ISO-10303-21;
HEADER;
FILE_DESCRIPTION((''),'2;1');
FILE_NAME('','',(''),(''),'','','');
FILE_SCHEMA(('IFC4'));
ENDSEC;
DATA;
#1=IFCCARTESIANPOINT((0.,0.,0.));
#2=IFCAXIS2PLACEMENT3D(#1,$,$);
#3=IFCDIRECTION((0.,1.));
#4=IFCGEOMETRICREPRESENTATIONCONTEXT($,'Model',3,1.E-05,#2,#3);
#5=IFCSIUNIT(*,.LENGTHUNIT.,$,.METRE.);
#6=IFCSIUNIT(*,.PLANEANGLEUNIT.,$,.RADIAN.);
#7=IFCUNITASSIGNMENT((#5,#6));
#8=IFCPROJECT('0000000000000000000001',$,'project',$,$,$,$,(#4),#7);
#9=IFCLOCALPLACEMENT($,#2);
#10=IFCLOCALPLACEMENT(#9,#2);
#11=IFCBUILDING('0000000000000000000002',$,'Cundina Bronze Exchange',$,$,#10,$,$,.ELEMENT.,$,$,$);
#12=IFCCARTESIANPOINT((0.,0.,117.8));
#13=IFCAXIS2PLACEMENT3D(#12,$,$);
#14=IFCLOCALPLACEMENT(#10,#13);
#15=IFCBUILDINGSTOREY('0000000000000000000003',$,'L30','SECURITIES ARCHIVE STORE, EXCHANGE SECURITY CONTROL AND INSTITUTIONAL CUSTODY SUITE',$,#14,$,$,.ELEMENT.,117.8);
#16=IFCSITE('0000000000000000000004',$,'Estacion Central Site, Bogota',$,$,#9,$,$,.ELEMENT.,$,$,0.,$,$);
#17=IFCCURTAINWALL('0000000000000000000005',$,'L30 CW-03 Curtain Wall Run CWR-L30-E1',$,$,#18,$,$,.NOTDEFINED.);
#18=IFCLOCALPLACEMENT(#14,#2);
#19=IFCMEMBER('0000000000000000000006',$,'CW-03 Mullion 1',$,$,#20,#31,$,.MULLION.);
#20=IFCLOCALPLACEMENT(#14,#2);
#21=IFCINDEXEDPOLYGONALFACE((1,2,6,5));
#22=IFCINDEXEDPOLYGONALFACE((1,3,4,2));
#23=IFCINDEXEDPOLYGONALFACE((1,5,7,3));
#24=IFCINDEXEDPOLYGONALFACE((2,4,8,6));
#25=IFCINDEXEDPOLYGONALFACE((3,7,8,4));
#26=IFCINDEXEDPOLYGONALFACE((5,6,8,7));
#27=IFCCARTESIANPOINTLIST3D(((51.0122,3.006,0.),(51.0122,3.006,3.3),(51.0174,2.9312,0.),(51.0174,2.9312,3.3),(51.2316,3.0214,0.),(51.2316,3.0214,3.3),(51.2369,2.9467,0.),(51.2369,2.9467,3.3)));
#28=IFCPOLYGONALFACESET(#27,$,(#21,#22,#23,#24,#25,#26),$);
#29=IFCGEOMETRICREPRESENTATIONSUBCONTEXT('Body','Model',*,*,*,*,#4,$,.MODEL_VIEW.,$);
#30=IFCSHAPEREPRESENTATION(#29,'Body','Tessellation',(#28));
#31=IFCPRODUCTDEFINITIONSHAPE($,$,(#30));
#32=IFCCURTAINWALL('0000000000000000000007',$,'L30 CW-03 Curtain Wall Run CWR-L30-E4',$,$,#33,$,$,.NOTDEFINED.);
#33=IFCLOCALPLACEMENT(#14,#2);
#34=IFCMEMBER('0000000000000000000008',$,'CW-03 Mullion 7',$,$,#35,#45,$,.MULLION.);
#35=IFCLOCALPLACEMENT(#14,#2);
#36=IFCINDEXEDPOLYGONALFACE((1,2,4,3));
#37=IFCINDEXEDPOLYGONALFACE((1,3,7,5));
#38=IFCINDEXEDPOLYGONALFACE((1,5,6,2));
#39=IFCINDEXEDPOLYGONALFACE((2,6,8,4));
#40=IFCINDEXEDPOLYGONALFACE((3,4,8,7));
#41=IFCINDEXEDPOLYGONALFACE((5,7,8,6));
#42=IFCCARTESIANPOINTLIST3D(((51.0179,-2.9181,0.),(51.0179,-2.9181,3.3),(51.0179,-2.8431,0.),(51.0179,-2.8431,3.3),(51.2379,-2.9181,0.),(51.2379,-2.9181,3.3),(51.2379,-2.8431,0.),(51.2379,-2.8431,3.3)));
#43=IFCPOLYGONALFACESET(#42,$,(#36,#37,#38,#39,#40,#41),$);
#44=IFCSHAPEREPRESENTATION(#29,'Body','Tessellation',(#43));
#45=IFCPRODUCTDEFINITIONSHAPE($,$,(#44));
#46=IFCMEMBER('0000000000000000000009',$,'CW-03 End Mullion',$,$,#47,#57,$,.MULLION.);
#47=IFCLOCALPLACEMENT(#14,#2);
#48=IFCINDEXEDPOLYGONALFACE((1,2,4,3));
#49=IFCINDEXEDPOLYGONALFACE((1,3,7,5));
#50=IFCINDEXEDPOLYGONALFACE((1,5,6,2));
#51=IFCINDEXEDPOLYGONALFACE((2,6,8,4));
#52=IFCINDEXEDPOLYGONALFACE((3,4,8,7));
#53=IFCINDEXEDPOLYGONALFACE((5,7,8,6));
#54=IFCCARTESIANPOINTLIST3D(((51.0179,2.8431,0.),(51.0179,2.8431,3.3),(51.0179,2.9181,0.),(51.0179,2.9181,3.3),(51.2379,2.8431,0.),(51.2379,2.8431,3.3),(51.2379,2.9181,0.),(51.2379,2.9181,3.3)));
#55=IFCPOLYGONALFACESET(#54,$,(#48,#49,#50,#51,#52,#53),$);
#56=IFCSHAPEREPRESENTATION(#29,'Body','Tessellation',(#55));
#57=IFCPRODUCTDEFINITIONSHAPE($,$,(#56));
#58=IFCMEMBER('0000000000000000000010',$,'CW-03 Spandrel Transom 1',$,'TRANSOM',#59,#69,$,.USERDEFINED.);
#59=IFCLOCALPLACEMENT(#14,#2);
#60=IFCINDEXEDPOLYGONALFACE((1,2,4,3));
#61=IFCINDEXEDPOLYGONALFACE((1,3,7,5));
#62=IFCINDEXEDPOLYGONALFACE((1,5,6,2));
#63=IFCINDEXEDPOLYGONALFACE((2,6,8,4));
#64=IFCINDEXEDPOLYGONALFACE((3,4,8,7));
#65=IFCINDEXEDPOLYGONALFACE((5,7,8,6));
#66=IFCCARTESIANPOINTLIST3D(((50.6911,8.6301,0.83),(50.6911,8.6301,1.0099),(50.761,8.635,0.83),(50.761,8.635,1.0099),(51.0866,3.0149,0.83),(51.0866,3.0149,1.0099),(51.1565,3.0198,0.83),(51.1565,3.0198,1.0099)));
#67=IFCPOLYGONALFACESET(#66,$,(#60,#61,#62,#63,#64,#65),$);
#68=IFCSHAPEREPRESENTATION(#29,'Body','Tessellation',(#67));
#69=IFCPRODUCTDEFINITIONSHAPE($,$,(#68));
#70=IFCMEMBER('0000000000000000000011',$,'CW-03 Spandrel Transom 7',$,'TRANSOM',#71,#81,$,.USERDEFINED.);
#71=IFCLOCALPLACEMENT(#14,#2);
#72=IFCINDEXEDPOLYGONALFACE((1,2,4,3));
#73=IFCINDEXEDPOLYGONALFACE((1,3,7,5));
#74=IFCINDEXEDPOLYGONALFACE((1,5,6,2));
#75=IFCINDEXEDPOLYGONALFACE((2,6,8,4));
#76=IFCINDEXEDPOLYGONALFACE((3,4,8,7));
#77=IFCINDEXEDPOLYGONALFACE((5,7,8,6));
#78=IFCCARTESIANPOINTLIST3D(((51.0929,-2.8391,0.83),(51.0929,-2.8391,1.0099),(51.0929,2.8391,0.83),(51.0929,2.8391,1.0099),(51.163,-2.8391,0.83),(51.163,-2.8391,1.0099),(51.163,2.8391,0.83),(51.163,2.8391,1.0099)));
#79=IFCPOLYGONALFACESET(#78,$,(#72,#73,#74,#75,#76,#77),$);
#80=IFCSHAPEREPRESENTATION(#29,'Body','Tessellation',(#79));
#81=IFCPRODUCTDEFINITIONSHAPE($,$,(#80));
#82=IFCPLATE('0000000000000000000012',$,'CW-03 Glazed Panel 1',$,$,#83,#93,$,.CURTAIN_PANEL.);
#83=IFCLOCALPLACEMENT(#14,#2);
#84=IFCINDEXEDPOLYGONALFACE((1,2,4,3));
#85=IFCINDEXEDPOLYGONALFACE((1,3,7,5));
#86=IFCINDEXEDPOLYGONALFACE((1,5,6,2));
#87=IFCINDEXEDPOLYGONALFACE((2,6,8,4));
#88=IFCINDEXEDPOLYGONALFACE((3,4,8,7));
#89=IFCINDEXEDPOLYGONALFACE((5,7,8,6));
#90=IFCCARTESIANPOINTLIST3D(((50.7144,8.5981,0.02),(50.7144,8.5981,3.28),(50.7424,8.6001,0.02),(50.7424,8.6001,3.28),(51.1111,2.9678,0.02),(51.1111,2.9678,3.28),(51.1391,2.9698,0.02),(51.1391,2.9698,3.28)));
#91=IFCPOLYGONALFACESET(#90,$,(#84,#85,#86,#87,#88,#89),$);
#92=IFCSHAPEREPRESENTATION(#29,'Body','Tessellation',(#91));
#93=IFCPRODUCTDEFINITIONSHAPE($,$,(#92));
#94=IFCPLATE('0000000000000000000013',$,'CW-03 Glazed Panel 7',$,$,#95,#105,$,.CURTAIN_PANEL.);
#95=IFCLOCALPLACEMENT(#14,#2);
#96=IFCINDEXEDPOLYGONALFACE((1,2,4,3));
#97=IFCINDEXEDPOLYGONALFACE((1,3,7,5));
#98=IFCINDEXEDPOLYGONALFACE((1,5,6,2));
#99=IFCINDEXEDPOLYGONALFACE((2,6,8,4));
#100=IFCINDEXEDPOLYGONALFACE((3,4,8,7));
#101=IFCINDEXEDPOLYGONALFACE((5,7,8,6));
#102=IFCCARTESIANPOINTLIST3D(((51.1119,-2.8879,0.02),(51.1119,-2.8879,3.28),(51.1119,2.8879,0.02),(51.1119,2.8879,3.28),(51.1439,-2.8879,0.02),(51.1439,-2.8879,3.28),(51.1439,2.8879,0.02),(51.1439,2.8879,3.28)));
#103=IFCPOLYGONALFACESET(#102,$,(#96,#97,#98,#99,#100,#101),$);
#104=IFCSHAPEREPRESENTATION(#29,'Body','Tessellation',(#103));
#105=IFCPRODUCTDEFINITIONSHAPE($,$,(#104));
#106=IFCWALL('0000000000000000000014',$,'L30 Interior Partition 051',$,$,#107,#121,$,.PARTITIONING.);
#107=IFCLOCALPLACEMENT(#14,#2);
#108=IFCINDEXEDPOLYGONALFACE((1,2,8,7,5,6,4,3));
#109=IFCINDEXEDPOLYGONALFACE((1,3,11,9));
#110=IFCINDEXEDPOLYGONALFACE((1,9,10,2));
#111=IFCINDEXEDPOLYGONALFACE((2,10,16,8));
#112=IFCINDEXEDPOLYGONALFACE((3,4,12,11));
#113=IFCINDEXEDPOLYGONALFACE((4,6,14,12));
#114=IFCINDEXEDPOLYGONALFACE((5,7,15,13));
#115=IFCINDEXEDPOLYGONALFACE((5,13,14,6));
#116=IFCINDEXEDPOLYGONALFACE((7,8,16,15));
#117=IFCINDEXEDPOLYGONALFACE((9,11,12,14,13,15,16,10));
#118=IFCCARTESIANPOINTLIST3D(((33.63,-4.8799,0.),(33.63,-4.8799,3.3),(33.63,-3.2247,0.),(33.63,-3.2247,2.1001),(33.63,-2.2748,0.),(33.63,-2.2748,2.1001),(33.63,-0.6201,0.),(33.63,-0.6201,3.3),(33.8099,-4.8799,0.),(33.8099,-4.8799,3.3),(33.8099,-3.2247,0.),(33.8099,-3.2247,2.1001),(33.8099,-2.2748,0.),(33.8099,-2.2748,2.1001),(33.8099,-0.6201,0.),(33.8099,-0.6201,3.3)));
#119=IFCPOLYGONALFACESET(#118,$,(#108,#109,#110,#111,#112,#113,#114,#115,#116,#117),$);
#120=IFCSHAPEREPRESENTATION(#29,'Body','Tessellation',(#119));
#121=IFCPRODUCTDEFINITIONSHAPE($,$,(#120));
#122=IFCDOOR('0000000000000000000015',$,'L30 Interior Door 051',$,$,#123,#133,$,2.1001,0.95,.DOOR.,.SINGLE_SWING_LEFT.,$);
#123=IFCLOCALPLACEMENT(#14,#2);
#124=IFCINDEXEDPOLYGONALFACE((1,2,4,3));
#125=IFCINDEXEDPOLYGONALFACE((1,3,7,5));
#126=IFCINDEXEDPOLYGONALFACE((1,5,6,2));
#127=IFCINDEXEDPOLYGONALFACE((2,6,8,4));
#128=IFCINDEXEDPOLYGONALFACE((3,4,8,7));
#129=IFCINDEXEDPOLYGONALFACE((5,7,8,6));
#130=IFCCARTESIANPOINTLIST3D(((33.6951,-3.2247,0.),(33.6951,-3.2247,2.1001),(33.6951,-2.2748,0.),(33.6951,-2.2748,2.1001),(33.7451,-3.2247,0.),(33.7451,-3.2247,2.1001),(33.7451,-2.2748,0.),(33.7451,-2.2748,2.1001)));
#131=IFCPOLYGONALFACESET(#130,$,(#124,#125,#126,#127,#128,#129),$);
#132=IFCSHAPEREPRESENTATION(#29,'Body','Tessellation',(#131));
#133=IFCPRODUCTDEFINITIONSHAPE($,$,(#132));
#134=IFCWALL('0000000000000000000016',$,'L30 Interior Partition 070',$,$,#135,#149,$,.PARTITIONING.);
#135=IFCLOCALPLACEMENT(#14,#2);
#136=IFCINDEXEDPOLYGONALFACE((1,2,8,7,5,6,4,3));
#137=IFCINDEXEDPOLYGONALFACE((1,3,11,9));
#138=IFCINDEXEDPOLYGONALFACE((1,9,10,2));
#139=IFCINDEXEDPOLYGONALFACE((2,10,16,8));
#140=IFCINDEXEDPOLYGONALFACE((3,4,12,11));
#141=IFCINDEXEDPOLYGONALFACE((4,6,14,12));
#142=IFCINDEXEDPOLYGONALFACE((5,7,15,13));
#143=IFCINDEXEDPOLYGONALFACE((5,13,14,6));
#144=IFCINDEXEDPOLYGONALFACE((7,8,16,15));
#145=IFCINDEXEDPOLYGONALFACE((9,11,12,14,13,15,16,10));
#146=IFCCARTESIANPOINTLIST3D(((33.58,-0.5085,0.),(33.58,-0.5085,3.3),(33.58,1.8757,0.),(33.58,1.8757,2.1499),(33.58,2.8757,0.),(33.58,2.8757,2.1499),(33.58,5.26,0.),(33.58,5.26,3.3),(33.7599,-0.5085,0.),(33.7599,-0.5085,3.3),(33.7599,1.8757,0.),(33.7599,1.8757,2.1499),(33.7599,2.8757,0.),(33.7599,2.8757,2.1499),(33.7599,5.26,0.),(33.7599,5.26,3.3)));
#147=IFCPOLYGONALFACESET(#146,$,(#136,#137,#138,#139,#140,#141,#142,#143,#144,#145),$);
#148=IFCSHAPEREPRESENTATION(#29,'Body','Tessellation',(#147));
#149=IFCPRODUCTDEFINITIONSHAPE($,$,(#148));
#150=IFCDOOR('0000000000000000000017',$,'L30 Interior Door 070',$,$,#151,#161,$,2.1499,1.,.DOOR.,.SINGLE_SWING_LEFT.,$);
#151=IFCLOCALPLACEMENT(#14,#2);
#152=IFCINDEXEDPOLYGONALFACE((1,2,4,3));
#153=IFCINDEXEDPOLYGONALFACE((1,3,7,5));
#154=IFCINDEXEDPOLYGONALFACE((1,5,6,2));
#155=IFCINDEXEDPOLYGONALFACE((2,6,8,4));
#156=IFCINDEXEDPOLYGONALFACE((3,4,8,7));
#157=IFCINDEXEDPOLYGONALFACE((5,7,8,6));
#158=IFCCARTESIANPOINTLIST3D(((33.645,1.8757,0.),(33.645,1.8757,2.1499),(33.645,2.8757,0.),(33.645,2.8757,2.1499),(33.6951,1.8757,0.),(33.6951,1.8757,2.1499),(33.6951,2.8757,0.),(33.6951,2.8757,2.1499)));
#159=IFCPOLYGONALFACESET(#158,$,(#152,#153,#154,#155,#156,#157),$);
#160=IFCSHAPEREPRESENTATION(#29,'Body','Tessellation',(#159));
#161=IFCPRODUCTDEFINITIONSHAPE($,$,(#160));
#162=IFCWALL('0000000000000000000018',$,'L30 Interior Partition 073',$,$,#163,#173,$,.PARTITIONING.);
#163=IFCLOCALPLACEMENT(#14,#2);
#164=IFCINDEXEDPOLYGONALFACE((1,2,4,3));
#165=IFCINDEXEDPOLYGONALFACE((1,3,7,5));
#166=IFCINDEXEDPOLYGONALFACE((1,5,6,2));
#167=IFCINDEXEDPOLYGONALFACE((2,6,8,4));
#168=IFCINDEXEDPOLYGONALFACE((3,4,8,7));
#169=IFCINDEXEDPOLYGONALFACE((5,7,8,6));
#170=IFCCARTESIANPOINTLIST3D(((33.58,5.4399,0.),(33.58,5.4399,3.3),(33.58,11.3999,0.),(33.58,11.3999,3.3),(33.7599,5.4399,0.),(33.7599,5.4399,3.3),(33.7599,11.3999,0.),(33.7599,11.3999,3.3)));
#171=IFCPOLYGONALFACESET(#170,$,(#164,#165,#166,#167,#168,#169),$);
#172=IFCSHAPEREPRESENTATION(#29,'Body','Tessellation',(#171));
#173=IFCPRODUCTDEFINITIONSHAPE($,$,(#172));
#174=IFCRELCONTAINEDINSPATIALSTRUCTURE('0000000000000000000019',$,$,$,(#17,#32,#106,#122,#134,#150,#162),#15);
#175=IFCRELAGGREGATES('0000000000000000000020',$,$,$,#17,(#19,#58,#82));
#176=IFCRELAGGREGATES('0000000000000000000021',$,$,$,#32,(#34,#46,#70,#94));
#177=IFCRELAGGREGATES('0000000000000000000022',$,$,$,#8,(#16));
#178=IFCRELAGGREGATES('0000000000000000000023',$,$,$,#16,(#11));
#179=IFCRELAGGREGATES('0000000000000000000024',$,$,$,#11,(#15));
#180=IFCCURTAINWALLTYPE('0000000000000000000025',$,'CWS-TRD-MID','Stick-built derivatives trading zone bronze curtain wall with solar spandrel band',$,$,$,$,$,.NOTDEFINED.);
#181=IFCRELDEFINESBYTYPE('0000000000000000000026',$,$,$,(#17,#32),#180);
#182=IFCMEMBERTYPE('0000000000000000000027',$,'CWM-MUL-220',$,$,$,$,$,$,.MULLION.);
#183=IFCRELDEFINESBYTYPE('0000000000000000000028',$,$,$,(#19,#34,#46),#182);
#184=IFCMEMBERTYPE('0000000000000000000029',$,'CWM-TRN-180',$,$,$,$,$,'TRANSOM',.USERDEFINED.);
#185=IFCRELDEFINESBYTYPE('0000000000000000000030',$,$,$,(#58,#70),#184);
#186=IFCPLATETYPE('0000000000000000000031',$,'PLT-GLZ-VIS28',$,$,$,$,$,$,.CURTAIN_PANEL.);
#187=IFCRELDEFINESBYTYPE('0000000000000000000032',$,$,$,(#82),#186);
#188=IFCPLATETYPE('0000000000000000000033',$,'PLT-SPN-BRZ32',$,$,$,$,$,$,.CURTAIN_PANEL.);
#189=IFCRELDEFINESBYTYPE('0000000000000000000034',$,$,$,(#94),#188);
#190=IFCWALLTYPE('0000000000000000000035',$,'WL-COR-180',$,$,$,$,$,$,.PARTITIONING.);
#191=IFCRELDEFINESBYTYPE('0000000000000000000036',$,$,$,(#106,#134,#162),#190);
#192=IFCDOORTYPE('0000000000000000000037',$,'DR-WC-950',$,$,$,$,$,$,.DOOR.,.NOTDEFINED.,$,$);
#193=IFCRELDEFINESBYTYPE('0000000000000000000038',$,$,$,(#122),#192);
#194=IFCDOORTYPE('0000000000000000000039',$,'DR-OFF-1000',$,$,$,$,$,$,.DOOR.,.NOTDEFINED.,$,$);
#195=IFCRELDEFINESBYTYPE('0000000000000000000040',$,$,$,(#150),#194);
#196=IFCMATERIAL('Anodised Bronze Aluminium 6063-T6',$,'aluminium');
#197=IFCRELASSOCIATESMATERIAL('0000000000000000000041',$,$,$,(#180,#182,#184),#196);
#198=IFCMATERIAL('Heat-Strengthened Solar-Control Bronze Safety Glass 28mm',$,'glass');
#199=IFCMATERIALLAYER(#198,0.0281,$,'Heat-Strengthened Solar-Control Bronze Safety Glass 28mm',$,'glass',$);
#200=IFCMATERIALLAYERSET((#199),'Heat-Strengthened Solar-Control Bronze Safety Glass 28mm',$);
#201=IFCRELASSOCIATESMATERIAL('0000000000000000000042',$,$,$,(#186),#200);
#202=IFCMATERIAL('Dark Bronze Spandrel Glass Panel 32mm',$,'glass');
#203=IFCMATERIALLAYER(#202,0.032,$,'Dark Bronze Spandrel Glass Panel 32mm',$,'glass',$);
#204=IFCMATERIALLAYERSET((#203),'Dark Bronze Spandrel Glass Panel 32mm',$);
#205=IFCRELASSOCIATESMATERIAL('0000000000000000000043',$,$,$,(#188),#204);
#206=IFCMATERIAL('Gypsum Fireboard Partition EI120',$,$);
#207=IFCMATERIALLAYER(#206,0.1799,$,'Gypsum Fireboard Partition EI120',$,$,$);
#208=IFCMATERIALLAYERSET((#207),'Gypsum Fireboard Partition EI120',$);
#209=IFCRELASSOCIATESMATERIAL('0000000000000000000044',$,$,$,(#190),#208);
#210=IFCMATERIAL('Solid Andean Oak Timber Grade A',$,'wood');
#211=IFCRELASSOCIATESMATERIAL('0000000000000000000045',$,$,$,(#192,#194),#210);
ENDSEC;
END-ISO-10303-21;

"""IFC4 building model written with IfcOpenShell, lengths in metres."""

from ifc_helpers import new_model, si_unit, direction, frame, frame_2d, origin, origin_2d, place, context, subcontext, project, spatial, rectangle, extrude, material, layer, layer_set, material_profile, profile_set, type_object, element, fill, aggregate, save


model = new_model("IFC4")

# Units and contexts
model_context = context("Model", 3, precision=1e-05, world=origin(), true_north=direction((0.0, 1.0)))
body_context = subcontext(model_context, "Body", "Model", "MODEL_VIEW")
ifc_project = project(units=[si_unit("LENGTHUNIT", "METRE"), si_unit("PLANEANGLEUNIT", "RADIAN")], contexts=[model_context])

# Site, building, storey
site_placement = place(None, origin())
site = spatial("IfcSite", under=ifc_project, at=site_placement, Name="Estacion Central Site, Bogota", CompositionType="ELEMENT", RefElevation=0.0)
building_placement = place(site_placement, origin())
building = spatial("IfcBuilding", under=site, at=building_placement, Name="Cundina Bronze Exchange", CompositionType="ELEMENT")
storey_placement = place(building_placement, frame((0.0, 0.0, 117.8)))
storey = spatial("IfcBuildingStorey", under=building, at=storey_placement, Name="L30", Description="SECURITIES ARCHIVE STORE, EXCHANGE SECURITY CONTROL AND INSTITUTIONAL CUSTODY SUITE", CompositionType="ELEMENT", Elevation=117.8)

# Curtain wall, member
ifc_material_1 = material(Name="Anodised Bronze Aluminium 6063-T6", Category="aluminium")
curtain_wall_type = type_object("IfcCurtainWallType", Name="CWS-TRD-MID", Description="Stick-built derivatives trading zone bronze curtain wall with solar spandrel band", PredefinedType="NOTDEFINED", material=ifc_material_1)
curtain_wall_1_placement = place(storey_placement, origin())
curtain_wall_1 = element("IfcCurtainWall", 1, at=curtain_wall_1_placement, inside=storey, type_object=curtain_wall_type, Name="L30 CW-03 Curtain Wall Run CWR-L30-E1", PredefinedType="NOTDEFINED")
ifc_material_profile_1 = material_profile(ifc_material_1, rectangle(XDim=0.075, YDim=0.22, at=origin_2d()), Name="AL75X220", Category="aluminium")
ifc_profile_set_1 = profile_set([ifc_material_profile_1], Name="Anodised Bronze Aluminium 6063-T6")
member_type_1 = type_object("IfcMemberType", Name="CWM-MUL-220", PredefinedType="MULLION", material=ifc_profile_set_1)
member_1_placement = place(storey_placement, frame((51.1245, 2.9763, 0.0), z_axis=(0.0, 0.0, 1.0), x_axis=(-0.070279, 0.997527, 0.0)))
member_1 = element("IfcMember", 2, at=member_1_placement, type_object=member_type_1, Name="CW-03 Mullion 1", PredefinedType="MULLION", context=body_context, shape_type="SweptSolid", body=[
    extrude(rectangle(XDim=0.075, YDim=0.22, at=origin_2d()), origin(), (0.0, 0.0, 1.0), 3.3),
])

# Curtain wall, members
curtain_wall_2_placement = place(storey_placement, origin())
curtain_wall_2 = element("IfcCurtainWall", 3, at=curtain_wall_2_placement, inside=storey, type_object=curtain_wall_type, Name="L30 CW-03 Curtain Wall Run CWR-L30-E4", PredefinedType="NOTDEFINED")
member_2_placement = place(storey_placement, frame((51.1279, -2.8806, 0.0), z_axis=(0.0, 0.0, 1.0), x_axis=(0.0, 1.0, 0.0)))
member_2 = element("IfcMember", 4, at=member_2_placement, type_object=member_type_1, Name="CW-03 Mullion 7", PredefinedType="MULLION", context=body_context, shape_type="SweptSolid", body=[
    extrude(rectangle(XDim=0.075, YDim=0.22, at=origin_2d()), origin(), (0.0, 0.0, 1.0), 3.3),
])
member_3_placement = place(storey_placement, frame((51.1279, 2.8806, 0.0), z_axis=(0.0, 0.0, 1.0), x_axis=(0.0, 1.0, 0.0)))
member_3 = element("IfcMember", 5, at=member_3_placement, type_object=member_type_1, Name="CW-03 End Mullion", PredefinedType="MULLION", context=body_context, shape_type="SweptSolid", body=[
    extrude(rectangle(XDim=0.075, YDim=0.22, at=origin_2d()), origin(), (0.0, 0.0, 1.0), 3.3),
])

# Members
ifc_material_profile_2 = material_profile(ifc_material_1, rectangle(XDim=0.0701, YDim=0.1799, at=origin_2d()), Name="AL70X180", Category="aluminium")
ifc_profile_set_2 = profile_set([ifc_material_profile_2], Name="Anodised Bronze Aluminium 6063-T6")
member_type_2 = type_object("IfcMemberType", Name="CWM-TRN-180", ElementType="TRANSOM", PredefinedType="USERDEFINED", material=ifc_profile_set_2)
member_4_placement = place(storey_placement, frame((51.1216, 3.0173, 0.9199), z_axis=(-0.070261, 0.997529, 0.0), x_axis=(-0.997529, -0.070261, 0.0)))
member_4 = element("IfcMember", 6, at=member_4_placement, type_object=member_type_2, Name="CW-03 Spandrel Transom 1", ObjectType="TRANSOM", PredefinedType="USERDEFINED", context=body_context, shape_type="SweptSolid", body=[
    extrude(rectangle(XDim=0.0701, YDim=0.1799, at=origin_2d()), origin(), (0.0, 0.0, 1.0), 5.6292),
])
member_5_placement = place(storey_placement, frame((51.1279, -2.8391, 0.9199), z_axis=(0.0, 1.0, 0.0), x_axis=(-1.0, 0.0, 0.0)))
member_5 = element("IfcMember", 7, at=member_5_placement, type_object=member_type_2, Name="CW-03 Spandrel Transom 7", ObjectType="TRANSOM", PredefinedType="USERDEFINED", context=body_context, shape_type="SweptSolid", body=[
    extrude(rectangle(XDim=0.0701, YDim=0.1799, at=origin_2d()), origin(), (0.0, 0.0, 1.0), 5.6782),
])

# Plates
ifc_material_2 = material(Name="Heat-Strengthened Solar-Control Bronze Safety Glass 28mm", Category="glass")
ifc_layer_1 = layer(ifc_material_2, 0.0281, Name="Heat-Strengthened Solar-Control Bronze Safety Glass 28mm", Category="glass")
ifc_layer_set_1 = layer_set([ifc_layer_1], Name="Heat-Strengthened Solar-Control Bronze Safety Glass 28mm")
plate_type_1 = type_object("IfcPlateType", Name="PLT-GLZ-VIS28", PredefinedType="CURTAIN_PANEL", material=ifc_layer_set_1)
plate_1_placement = place(storey_placement, frame((50.9268, 5.7839, 0.02), z_axis=(0.0, 0.0, 1.0), x_axis=(-0.070279, 0.997527, 0.0)))
plate_1 = element("IfcPlate", 8, at=plate_1_placement, type_object=plate_type_1, Name="CW-03 Glazed Panel 1", PredefinedType="CURTAIN_PANEL", context=body_context, shape_type="SweptSolid", body=[
    extrude(rectangle(XDim=5.6443, YDim=0.0281, at=origin_2d()), origin(), (0.0, 0.0, 1.0), 3.26),
])
aggregate(curtain_wall_1, [member_1, member_4, plate_1])
ifc_material_3 = material(Name="Dark Bronze Spandrel Glass Panel 32mm", Category="glass")
ifc_layer_2 = layer(ifc_material_3, 0.032, Name="Dark Bronze Spandrel Glass Panel 32mm", Category="glass")
ifc_layer_set_2 = layer_set([ifc_layer_2], Name="Dark Bronze Spandrel Glass Panel 32mm")
plate_type_2 = type_object("IfcPlateType", Name="PLT-SPN-BRZ32", PredefinedType="CURTAIN_PANEL", material=ifc_layer_set_2)
plate_2_placement = place(storey_placement, frame((51.1279, 0.0, 0.02), z_axis=(0.0, 0.0, 1.0), x_axis=(0.0, 1.0, 0.0)))
plate_2 = element("IfcPlate", 9, at=plate_2_placement, type_object=plate_type_2, Name="CW-03 Glazed Panel 7", PredefinedType="CURTAIN_PANEL", context=body_context, shape_type="SweptSolid", body=[
    extrude(rectangle(XDim=5.7759, YDim=0.032, at=origin_2d()), origin(), (0.0, 0.0, 1.0), 3.26),
])
aggregate(curtain_wall_2, [member_2, member_3, member_5, plate_2])

# Walls, openings, doors
ifc_material_4 = material(Name="Gypsum Fireboard Partition EI120")
ifc_layer_3 = layer(ifc_material_4, 0.1799, Name="Gypsum Fireboard Partition EI120")
ifc_layer_set_3 = layer_set([ifc_layer_3], Name="Gypsum Fireboard Partition EI120")
wall_type_1 = type_object("IfcWallType", Name="WL-COR-180", PredefinedType="PARTITIONING", material=ifc_layer_set_3)
wall_1_placement = place(storey_placement, frame((33.72, -4.8799, 0.0), z_axis=(0.0, 0.0, 1.0), x_axis=(0.0, 1.0, 0.0)))
wall_1 = element("IfcWall", 10, at=wall_1_placement, inside=storey, type_object=wall_type_1, Name="L30 Interior Partition 051", PredefinedType="PARTITIONING", context=body_context, shape_type="SweptSolid", body=[
    extrude(rectangle(XDim=4.2598, YDim=0.1799, at=frame_2d((2.1299, 0.0))), origin(), (0.0, 0.0, 1.0), 3.3),
])
opening_1_placement = place(wall_1_placement, frame((1.655, 0.0, 0.0)))
opening_1 = element("IfcOpeningElement", 11, at=opening_1_placement, cuts=wall_1, PredefinedType="OPENING", context=body_context, shape_type="SweptSolid", body=[
    extrude(rectangle(XDim=0.95, YDim=2.1001, at=frame_2d((0.4751, 1.05))), frame((0.0, 0.0999, 0.0), z_axis=(0.0, -1.0, 0.0), x_axis=(1.0, 0.0, 0.0)), (0.0, 0.0, 1.0), 0.2),
])
ifc_material_5 = material(Name="Solid Andean Oak Timber Grade A", Category="wood")
door_type_1 = type_object("IfcDoorType", Name="DR-WC-950", OperationType="NOTDEFINED", PredefinedType="DOOR", material=ifc_material_5)
door_1_placement = place(opening_1_placement, origin())
door_1 = element("IfcDoor", 12, at=door_1_placement, inside=storey, type_object=door_type_1, Name="L30 Interior Door 051", OperationType="SINGLE_SWING_LEFT", OverallHeight=2.1001, OverallWidth=0.95, PredefinedType="DOOR", context=body_context, shape_type="SweptSolid", body=[
    extrude(rectangle(XDim=0.95, YDim=2.1001, at=frame_2d((0.4751, 1.05))), frame((0.0, 0.0249, 0.0), z_axis=(0.0, -1.0, 0.0), x_axis=(1.0, 0.0, 0.0)), (0.0, 0.0, 1.0), 0.05),
])
fill(opening_1, door_1)
wall_2_placement = place(storey_placement, frame((33.6699, -0.5085, 0.0), z_axis=(0.0, 0.0, 1.0), x_axis=(0.0, 1.0, 0.0)))
wall_2 = element("IfcWall", 13, at=wall_2_placement, inside=storey, type_object=wall_type_1, Name="L30 Interior Partition 070", PredefinedType="PARTITIONING", context=body_context, shape_type="SweptSolid", body=[
    extrude(rectangle(XDim=5.7686, YDim=0.1799, at=frame_2d((2.8843, 0.0))), origin(), (0.0, 0.0, 1.0), 3.3),
])
opening_2_placement = place(wall_2_placement, frame((2.3843, 0.0, 0.0)))
opening_2 = element("IfcOpeningElement", 14, at=opening_2_placement, cuts=wall_2, PredefinedType="OPENING", context=body_context, shape_type="SweptSolid", body=[
    extrude(rectangle(XDim=1.0, YDim=2.1499, at=frame_2d((0.5, 1.075))), frame((0.0, 0.0999, 0.0), z_axis=(0.0, -1.0, 0.0), x_axis=(1.0, 0.0, 0.0)), (0.0, 0.0, 1.0), 0.2),
])
door_type_2 = type_object("IfcDoorType", Name="DR-OFF-1000", OperationType="NOTDEFINED", PredefinedType="DOOR", material=ifc_material_5)
door_2_placement = place(opening_2_placement, origin())
door_2 = element("IfcDoor", 15, at=door_2_placement, inside=storey, type_object=door_type_2, Name="L30 Interior Door 070", OperationType="SINGLE_SWING_LEFT", OverallHeight=2.1499, OverallWidth=1.0, PredefinedType="DOOR", context=body_context, shape_type="SweptSolid", body=[
    extrude(rectangle(XDim=1.0, YDim=2.1499, at=frame_2d((0.5, 1.075))), frame((0.0, 0.0249, 0.0), z_axis=(0.0, -1.0, 0.0), x_axis=(1.0, 0.0, 0.0)), (0.0, 0.0, 1.0), 0.05),
])
fill(opening_2, door_2)

# Wall
wall_3_placement = place(storey_placement, frame((33.6699, 5.4399, 0.0), z_axis=(0.0, 0.0, 1.0), x_axis=(0.0, 1.0, 0.0)))
element("IfcWall", 16, at=wall_3_placement, inside=storey, type_object=wall_type_1, Name="L30 Interior Partition 073", PredefinedType="PARTITIONING", context=body_context, shape_type="SweptSolid", body=[
    extrude(rectangle(XDim=5.96, YDim=0.1799, at=frame_2d((2.98, 0.0))), origin(), (0.0, 0.0, 1.0), 3.3),
])

save(model, "model.ifc")
